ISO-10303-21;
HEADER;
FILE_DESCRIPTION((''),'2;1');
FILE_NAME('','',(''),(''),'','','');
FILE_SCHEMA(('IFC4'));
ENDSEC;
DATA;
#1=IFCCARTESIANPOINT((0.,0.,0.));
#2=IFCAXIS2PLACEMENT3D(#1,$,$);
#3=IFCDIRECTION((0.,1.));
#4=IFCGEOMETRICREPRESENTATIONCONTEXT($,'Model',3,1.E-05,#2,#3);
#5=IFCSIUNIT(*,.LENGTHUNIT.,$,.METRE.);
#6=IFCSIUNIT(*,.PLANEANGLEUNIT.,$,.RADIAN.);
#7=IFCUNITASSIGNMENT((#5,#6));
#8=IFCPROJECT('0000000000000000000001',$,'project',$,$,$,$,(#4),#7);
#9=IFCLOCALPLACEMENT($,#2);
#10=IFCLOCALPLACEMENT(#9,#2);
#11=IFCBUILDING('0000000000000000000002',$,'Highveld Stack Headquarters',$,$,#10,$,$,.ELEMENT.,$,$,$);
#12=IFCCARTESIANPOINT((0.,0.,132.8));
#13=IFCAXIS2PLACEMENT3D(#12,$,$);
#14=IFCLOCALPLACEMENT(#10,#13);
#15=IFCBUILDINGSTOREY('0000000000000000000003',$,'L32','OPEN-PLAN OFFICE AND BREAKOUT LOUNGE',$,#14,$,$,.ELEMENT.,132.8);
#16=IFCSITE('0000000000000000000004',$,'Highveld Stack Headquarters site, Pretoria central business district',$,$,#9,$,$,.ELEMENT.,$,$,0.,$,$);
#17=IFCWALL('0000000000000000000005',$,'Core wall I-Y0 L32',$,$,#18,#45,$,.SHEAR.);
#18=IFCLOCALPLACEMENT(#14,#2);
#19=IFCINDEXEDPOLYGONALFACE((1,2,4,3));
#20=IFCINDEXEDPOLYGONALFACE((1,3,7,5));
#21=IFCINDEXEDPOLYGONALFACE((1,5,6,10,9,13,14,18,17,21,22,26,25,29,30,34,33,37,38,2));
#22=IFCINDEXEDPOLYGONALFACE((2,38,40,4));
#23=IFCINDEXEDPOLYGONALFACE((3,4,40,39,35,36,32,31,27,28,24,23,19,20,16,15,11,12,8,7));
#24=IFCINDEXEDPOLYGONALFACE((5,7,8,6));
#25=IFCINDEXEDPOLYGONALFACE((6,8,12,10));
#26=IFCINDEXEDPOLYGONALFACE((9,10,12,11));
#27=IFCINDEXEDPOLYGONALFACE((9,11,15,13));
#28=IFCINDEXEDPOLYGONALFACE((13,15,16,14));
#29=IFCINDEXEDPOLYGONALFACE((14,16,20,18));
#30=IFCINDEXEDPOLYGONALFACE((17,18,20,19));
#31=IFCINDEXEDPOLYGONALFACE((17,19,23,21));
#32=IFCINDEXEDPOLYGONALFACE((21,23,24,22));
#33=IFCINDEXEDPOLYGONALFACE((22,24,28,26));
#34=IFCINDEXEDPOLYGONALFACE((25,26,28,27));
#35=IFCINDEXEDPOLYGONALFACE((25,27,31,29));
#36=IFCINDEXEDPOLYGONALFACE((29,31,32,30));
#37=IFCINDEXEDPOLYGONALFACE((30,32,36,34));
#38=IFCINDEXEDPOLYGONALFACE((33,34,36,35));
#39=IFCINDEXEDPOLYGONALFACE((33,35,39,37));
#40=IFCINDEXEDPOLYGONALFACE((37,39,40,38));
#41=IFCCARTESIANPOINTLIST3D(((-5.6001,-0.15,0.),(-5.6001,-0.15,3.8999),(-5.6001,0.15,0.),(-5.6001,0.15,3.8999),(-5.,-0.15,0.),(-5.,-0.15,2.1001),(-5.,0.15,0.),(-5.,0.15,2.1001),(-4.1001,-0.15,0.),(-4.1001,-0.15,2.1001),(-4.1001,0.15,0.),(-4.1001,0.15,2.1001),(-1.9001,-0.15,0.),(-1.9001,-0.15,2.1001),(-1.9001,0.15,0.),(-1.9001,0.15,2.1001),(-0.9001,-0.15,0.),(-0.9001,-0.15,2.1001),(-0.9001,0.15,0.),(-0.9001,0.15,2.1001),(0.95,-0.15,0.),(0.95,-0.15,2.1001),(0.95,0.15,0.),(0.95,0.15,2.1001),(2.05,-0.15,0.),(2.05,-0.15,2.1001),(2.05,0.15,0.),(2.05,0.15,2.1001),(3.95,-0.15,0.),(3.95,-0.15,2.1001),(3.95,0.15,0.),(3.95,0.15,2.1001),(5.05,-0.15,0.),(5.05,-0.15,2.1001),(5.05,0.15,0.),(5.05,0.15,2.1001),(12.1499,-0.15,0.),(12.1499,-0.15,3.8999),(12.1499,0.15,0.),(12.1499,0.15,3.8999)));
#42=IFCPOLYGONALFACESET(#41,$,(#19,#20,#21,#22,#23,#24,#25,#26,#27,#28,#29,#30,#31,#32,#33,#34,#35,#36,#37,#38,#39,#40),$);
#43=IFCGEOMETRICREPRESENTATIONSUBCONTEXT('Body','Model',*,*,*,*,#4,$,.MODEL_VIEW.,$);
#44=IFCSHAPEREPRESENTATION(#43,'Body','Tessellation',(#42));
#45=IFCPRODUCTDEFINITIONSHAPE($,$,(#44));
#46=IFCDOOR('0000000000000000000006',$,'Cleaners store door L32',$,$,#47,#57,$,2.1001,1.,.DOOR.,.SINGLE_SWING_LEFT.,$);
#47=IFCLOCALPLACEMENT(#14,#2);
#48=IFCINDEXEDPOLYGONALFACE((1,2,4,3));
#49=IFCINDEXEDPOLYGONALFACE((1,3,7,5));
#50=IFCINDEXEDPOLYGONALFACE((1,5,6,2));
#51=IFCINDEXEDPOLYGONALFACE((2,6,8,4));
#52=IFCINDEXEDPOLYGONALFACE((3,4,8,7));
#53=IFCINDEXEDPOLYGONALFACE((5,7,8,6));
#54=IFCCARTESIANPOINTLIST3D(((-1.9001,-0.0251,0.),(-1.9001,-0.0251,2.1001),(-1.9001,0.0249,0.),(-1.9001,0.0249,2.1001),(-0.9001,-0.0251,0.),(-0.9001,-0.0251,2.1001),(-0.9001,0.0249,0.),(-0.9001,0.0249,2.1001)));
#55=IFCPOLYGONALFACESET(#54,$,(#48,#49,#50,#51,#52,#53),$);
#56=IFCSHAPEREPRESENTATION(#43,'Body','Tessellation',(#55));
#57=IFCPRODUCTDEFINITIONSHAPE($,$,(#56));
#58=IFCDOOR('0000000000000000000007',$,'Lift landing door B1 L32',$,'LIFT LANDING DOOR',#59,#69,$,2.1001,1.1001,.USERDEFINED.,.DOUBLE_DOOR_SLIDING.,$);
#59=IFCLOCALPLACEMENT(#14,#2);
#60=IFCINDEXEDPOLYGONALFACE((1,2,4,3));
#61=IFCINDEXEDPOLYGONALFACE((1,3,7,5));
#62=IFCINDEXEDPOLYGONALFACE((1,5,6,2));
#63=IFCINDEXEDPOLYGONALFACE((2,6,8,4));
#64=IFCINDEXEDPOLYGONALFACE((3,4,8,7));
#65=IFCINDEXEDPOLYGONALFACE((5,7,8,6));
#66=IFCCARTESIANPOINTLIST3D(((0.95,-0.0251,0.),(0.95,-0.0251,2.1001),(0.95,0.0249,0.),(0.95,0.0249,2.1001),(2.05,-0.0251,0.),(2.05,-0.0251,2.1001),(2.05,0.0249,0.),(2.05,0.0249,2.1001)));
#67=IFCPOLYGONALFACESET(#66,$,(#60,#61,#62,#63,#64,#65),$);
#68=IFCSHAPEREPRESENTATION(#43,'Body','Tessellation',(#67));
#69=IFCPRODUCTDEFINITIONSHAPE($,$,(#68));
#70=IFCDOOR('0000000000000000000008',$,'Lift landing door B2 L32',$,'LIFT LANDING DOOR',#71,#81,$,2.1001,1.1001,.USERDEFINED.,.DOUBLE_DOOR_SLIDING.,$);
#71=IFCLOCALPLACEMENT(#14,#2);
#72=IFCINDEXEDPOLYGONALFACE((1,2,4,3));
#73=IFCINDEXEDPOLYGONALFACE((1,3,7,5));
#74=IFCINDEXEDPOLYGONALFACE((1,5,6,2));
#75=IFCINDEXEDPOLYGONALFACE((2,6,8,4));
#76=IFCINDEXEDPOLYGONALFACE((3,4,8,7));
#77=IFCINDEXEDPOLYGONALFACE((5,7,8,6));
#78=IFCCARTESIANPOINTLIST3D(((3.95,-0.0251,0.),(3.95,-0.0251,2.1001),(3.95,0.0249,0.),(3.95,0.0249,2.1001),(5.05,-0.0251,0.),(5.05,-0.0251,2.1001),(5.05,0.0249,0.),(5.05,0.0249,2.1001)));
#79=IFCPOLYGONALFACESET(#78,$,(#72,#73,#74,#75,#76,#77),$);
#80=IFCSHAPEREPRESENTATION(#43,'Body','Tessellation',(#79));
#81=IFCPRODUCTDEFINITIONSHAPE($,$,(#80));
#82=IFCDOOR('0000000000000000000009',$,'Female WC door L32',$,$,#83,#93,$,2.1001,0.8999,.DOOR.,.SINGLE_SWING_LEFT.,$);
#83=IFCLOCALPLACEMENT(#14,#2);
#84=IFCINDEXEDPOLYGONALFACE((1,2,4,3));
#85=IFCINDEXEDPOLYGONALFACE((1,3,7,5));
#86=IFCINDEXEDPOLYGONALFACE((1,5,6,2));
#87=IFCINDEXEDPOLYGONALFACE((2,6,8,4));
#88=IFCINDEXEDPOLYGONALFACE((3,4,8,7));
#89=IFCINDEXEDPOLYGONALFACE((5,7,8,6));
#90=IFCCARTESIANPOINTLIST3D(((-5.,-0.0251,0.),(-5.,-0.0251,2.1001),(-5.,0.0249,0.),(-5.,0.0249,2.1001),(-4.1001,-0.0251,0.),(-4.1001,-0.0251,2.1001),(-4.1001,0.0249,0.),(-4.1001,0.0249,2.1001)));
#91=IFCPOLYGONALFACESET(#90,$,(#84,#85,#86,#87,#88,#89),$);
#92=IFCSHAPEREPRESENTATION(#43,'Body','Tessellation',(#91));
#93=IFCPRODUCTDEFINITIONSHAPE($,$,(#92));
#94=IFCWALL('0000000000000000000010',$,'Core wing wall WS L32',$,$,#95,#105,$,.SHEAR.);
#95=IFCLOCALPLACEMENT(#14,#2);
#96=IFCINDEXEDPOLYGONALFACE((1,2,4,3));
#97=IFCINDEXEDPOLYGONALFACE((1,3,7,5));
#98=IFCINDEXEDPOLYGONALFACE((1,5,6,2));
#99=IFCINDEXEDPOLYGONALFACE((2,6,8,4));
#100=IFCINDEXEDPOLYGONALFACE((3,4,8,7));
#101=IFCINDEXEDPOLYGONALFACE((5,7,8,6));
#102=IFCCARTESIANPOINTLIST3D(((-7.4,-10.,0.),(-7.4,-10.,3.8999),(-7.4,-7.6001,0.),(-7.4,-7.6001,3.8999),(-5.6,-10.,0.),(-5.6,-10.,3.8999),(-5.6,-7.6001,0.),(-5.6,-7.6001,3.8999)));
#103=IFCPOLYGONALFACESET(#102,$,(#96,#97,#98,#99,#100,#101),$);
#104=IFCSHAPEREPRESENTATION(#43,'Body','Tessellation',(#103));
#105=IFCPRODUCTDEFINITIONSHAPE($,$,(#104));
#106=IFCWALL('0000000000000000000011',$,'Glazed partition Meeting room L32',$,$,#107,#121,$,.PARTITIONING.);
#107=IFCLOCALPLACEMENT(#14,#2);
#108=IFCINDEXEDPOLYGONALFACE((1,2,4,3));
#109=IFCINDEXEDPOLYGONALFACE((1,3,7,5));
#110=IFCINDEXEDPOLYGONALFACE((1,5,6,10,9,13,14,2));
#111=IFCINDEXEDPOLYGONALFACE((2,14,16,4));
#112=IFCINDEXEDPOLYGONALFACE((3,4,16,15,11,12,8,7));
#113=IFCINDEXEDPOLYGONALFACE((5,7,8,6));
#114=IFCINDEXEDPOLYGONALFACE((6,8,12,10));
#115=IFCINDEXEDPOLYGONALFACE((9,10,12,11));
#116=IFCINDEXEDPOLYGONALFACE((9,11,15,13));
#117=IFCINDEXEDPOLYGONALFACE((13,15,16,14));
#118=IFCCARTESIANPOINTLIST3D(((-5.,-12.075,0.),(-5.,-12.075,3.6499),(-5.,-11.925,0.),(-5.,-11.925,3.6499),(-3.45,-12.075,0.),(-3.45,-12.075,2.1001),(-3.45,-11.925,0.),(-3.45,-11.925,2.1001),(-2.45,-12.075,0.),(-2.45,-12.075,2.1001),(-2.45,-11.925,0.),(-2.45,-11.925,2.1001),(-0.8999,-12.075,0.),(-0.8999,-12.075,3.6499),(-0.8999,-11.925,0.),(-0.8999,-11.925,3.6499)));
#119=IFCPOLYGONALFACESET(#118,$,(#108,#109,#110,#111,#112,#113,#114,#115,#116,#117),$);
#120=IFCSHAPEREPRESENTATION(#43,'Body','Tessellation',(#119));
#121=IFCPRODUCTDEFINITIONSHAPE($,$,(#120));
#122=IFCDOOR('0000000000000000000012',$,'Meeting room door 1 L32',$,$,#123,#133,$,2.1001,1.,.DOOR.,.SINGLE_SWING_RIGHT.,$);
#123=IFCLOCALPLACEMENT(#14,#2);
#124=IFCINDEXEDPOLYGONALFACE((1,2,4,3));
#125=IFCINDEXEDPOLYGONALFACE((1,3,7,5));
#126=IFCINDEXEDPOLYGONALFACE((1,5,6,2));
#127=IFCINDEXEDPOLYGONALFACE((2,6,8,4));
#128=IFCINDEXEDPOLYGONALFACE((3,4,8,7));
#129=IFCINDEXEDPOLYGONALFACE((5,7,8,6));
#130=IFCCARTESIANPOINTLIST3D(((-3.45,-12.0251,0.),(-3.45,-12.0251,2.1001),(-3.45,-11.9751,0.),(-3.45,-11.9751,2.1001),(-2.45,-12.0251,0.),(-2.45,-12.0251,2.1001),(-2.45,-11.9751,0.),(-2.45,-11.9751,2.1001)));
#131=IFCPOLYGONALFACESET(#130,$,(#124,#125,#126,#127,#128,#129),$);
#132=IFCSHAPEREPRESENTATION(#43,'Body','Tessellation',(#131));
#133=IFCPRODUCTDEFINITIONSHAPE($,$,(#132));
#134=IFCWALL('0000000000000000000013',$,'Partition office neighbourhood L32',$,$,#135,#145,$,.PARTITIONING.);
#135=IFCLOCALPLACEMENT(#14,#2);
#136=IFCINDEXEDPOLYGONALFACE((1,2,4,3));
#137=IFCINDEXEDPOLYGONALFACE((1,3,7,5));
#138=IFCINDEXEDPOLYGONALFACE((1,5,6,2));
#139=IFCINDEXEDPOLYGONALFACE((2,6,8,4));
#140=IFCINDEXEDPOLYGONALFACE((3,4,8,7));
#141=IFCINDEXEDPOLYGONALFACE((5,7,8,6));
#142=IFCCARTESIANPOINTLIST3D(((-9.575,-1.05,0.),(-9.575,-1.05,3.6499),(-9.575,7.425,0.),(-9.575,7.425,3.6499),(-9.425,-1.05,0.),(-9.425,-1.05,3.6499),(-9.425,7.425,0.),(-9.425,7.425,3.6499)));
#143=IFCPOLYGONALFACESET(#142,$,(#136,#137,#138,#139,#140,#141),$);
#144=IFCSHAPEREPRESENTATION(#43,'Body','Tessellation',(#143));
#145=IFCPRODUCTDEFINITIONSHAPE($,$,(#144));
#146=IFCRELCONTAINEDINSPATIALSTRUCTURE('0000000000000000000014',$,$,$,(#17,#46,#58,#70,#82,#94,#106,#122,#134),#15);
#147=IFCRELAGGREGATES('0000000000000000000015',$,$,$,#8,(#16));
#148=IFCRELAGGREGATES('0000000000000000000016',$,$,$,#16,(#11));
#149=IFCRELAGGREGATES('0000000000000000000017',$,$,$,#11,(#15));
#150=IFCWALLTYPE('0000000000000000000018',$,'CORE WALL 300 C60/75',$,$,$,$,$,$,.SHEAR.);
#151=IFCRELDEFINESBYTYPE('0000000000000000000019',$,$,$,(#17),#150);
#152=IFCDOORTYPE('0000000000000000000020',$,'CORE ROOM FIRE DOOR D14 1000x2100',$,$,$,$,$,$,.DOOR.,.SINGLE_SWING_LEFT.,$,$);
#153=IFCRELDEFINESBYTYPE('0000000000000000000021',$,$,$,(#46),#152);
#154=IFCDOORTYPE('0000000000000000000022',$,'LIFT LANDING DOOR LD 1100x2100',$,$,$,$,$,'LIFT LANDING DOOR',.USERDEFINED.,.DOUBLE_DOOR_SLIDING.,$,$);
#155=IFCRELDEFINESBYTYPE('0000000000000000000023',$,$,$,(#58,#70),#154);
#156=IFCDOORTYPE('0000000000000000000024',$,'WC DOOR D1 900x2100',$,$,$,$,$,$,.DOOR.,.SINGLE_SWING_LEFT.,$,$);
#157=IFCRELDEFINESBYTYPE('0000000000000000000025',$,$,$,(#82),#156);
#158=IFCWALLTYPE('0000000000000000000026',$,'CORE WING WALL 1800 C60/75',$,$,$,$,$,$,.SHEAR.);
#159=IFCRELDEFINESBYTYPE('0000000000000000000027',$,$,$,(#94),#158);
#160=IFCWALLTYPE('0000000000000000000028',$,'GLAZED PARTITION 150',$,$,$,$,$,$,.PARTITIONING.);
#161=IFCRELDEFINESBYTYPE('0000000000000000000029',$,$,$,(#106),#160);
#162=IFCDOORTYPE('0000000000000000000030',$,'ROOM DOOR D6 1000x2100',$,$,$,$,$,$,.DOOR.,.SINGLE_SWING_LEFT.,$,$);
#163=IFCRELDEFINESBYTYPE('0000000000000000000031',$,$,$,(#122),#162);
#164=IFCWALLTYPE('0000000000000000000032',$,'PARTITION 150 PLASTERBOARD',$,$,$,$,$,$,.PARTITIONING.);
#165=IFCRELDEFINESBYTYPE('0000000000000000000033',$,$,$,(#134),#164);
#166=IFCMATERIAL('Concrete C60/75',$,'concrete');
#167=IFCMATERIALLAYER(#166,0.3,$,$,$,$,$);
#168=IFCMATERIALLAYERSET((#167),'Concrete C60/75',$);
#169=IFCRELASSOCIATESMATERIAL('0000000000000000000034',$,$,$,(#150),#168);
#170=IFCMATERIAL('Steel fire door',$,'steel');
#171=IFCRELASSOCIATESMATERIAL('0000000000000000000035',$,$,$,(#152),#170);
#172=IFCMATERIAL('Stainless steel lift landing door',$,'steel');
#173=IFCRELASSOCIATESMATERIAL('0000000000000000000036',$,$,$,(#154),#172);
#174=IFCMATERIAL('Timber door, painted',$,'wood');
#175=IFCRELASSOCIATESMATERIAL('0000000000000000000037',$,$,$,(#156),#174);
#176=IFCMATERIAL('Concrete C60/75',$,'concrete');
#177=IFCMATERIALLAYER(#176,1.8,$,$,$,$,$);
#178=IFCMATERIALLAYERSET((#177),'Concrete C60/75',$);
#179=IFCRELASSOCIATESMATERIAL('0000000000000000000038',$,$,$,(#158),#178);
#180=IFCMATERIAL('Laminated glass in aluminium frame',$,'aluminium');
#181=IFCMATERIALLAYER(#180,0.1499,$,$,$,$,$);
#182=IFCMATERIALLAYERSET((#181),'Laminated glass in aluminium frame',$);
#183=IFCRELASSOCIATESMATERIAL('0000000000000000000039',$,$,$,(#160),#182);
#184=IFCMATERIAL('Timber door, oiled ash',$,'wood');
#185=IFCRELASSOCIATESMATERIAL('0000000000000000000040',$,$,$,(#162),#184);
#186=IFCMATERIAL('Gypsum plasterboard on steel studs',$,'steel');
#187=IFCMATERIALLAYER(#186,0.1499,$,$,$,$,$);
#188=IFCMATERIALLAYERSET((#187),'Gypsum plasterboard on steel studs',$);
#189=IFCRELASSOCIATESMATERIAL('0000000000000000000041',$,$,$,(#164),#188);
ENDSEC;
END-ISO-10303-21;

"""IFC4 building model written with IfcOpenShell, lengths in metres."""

from ifc_helpers import new_model, si_unit, direction, frame, frame_2d, origin, place, context, subcontext, project, spatial, rectangle, extrude, material, layer, layer_set, type_object, element, fill, save


model = new_model("IFC4")

# Units and contexts
model_context = context("Model", 3, precision=1e-05, world=origin(), true_north=direction((0.0, 1.0)))
body_context = subcontext(model_context, "Body", "Model", "MODEL_VIEW")
ifc_project = project(units=[si_unit("LENGTHUNIT", "METRE"), si_unit("PLANEANGLEUNIT", "RADIAN")], contexts=[model_context])

# Site, building, storey
site_placement = place(None, origin())
site = spatial("IfcSite", under=ifc_project, at=site_placement, Name="Highveld Stack Headquarters site, Pretoria central business district", CompositionType="ELEMENT", RefElevation=0.0)
building_placement = place(site_placement, origin())
building = spatial("IfcBuilding", under=site, at=building_placement, Name="Highveld Stack Headquarters", CompositionType="ELEMENT")
storey_placement = place(building_placement, frame((0.0, 0.0, 132.8)))
storey = spatial("IfcBuildingStorey", under=building, at=storey_placement, Name="L32", Description="OPEN-PLAN OFFICE AND BREAKOUT LOUNGE", CompositionType="ELEMENT", Elevation=132.8)

# Wall, openings, doors
ifc_material_1 = material(Name="Concrete C60/75", Category="concrete")
ifc_layer_1 = layer(ifc_material_1, 0.3)
ifc_layer_set_1 = layer_set([ifc_layer_1], Name="Concrete C60/75")
wall_type_1 = type_object("IfcWallType", Name="CORE WALL 300 C60/75", PredefinedType="SHEAR", material=ifc_layer_set_1)
wall_1_placement = place(storey_placement, frame((-5.6001, 0.0, 0.0), z_axis=(0.0, 0.0, 1.0), x_axis=(1.0, 0.0, 0.0)))
wall_1 = element("IfcWall", 1, at=wall_1_placement, inside=storey, type_object=wall_type_1, Name="Core wall I-Y0 L32", PredefinedType="SHEAR", context=body_context, shape_type="SweptSolid", body=[
    extrude(rectangle(XDim=17.75, YDim=0.3, at=frame_2d((8.875, 0.0))), origin(), (0.0, 0.0, 1.0), 3.8999),
])
opening_1_placement = place(wall_1_placement, frame((0.6001, 0.0, 0.0)))
opening_1 = element("IfcOpeningElement", 2, at=opening_1_placement, cuts=wall_1, PredefinedType="OPENING", context=body_context, shape_type="SweptSolid", body=[
    extrude(rectangle(XDim=0.8999, YDim=2.1001, at=frame_2d((0.45, 1.05))), frame((0.0, 0.1599, 0.0), z_axis=(0.0, -1.0, 0.0), x_axis=(1.0, 0.0, 0.0)), (0.0, 0.0, 1.0), 0.3201),
])
opening_2_placement = place(wall_1_placement, frame((3.7, 0.0, 0.0)))
opening_2 = element("IfcOpeningElement", 3, at=opening_2_placement, cuts=wall_1, PredefinedType="OPENING", context=body_context, shape_type="SweptSolid", body=[
    extrude(rectangle(XDim=1.0, YDim=2.1001, at=frame_2d((0.5, 1.05))), frame((0.0, 0.1599, 0.0), z_axis=(0.0, -1.0, 0.0), x_axis=(1.0, 0.0, 0.0)), (0.0, 0.0, 1.0), 0.3201),
])
opening_3_placement = place(wall_1_placement, frame((6.55, 0.0, 0.0)))
opening_3 = element("IfcOpeningElement", 4, at=opening_3_placement, cuts=wall_1, PredefinedType="OPENING", context=body_context, shape_type="SweptSolid", body=[
    extrude(rectangle(XDim=1.1001, YDim=2.1001, at=frame_2d((0.55, 1.05))), frame((0.0, 0.1599, 0.0), z_axis=(0.0, -1.0, 0.0), x_axis=(1.0, 0.0, 0.0)), (0.0, 0.0, 1.0), 0.3201),
])
opening_4_placement = place(wall_1_placement, frame((9.55, 0.0, 0.0)))
opening_4 = element("IfcOpeningElement", 5, at=opening_4_placement, cuts=wall_1, PredefinedType="OPENING", context=body_context, shape_type="SweptSolid", body=[
    extrude(rectangle(XDim=1.1001, YDim=2.1001, at=frame_2d((0.55, 1.05))), frame((0.0, 0.1599, 0.0), z_axis=(0.0, -1.0, 0.0), x_axis=(1.0, 0.0, 0.0)), (0.0, 0.0, 1.0), 0.3201),
])
ifc_material_2 = material(Name="Steel fire door", Category="steel")
door_type_1 = type_object("IfcDoorType", Name="CORE ROOM FIRE DOOR D14 1000x2100", OperationType="SINGLE_SWING_LEFT", PredefinedType="DOOR", material=ifc_material_2)
door_1_placement = place(opening_2_placement, origin())
door_1 = element("IfcDoor", 6, at=door_1_placement, inside=storey, type_object=door_type_1, Name="Cleaners store door L32", OperationType="SINGLE_SWING_LEFT", OverallHeight=2.1001, OverallWidth=1.0, PredefinedType="DOOR", context=body_context, shape_type="SweptSolid", body=[
    extrude(rectangle(XDim=1.0, YDim=2.1001, at=frame_2d((0.5, 1.05))), frame((0.0, 0.0249, 0.0), z_axis=(0.0, -1.0, 0.0), x_axis=(1.0, 0.0, 0.0)), (0.0, 0.0, 1.0), 0.05),
])
fill(opening_2, door_1)
ifc_material_3 = material(Name="Stainless steel lift landing door", Category="steel")
door_type_2 = type_object("IfcDoorType", Name="LIFT LANDING DOOR LD 1100x2100", ElementType="LIFT LANDING DOOR", OperationType="DOUBLE_DOOR_SLIDING", PredefinedType="USERDEFINED", material=ifc_material_3)
door_2_placement = place(opening_3_placement, origin())
door_2 = element("IfcDoor", 7, at=door_2_placement, inside=storey, type_object=door_type_2, Name="Lift landing door B1 L32", ObjectType="LIFT LANDING DOOR", OperationType="DOUBLE_DOOR_SLIDING", OverallHeight=2.1001, OverallWidth=1.1001, PredefinedType="USERDEFINED", context=body_context, shape_type="SweptSolid", body=[
    extrude(rectangle(XDim=1.1001, YDim=2.1001, at=frame_2d((0.55, 1.05))), frame((0.0, 0.0249, 0.0), z_axis=(0.0, -1.0, 0.0), x_axis=(1.0, 0.0, 0.0)), (0.0, 0.0, 1.0), 0.05),
])
fill(opening_3, door_2)
door_3_placement = place(opening_4_placement, origin())
door_3 = element("IfcDoor", 8, at=door_3_placement, inside=storey, type_object=door_type_2, Name="Lift landing door B2 L32", ObjectType="LIFT LANDING DOOR", OperationType="DOUBLE_DOOR_SLIDING", OverallHeight=2.1001, OverallWidth=1.1001, PredefinedType="USERDEFINED", context=body_context, shape_type="SweptSolid", body=[
    extrude(rectangle(XDim=1.1001, YDim=2.1001, at=frame_2d((0.55, 1.05))), frame((0.0, 0.0249, 0.0), z_axis=(0.0, -1.0, 0.0), x_axis=(1.0, 0.0, 0.0)), (0.0, 0.0, 1.0), 0.05),
])
fill(opening_4, door_3)
ifc_material_4 = material(Name="Timber door, painted", Category="wood")
door_type_3 = type_object("IfcDoorType", Name="WC DOOR D1 900x2100", OperationType="SINGLE_SWING_LEFT", PredefinedType="DOOR", material=ifc_material_4)
door_4_placement = place(opening_1_placement, origin())
door_4 = element("IfcDoor", 9, at=door_4_placement, inside=storey, type_object=door_type_3, Name="Female WC door L32", OperationType="SINGLE_SWING_LEFT", OverallHeight=2.1001, OverallWidth=0.8999, PredefinedType="DOOR", context=body_context, shape_type="SweptSolid", body=[
    extrude(rectangle(XDim=0.8999, YDim=2.1001, at=frame_2d((0.45, 1.05))), frame((0.0, 0.0249, 0.0), z_axis=(0.0, -1.0, 0.0), x_axis=(1.0, 0.0, 0.0)), (0.0, 0.0, 1.0), 0.05),
])
fill(opening_1, door_4)

# Wall
ifc_material_5 = material(Name="Concrete C60/75", Category="concrete")
ifc_layer_2 = layer(ifc_material_5, 1.8)
ifc_layer_set_2 = layer_set([ifc_layer_2], Name="Concrete C60/75")
wall_type_2 = type_object("IfcWallType", Name="CORE WING WALL 1800 C60/75", PredefinedType="SHEAR", material=ifc_layer_set_2)
wall_2_placement = place(storey_placement, frame((-6.5, -10.0, 0.0), z_axis=(0.0, 0.0, 1.0), x_axis=(0.0, 1.0, 0.0)))
element("IfcWall", 10, at=wall_2_placement, inside=storey, type_object=wall_type_2, Name="Core wing wall WS L32", PredefinedType="SHEAR", context=body_context, shape_type="SweptSolid", body=[
    extrude(rectangle(XDim=2.3999, YDim=1.8, at=frame_2d((1.2, 0.0))), origin(), (0.0, 0.0, 1.0), 3.8999),
])

# Wall, opening, door
ifc_material_6 = material(Name="Laminated glass in aluminium frame", Category="aluminium")
ifc_layer_3 = layer(ifc_material_6, 0.1499)
ifc_layer_set_3 = layer_set([ifc_layer_3], Name="Laminated glass in aluminium frame")
wall_type_3 = type_object("IfcWallType", Name="GLAZED PARTITION 150", PredefinedType="PARTITIONING", material=ifc_layer_set_3)
wall_3_placement = place(storey_placement, frame((-5.0, -12.0, 0.0), z_axis=(0.0, 0.0, 1.0), x_axis=(1.0, 0.0, 0.0)))
wall_3 = element("IfcWall", 11, at=wall_3_placement, inside=storey, type_object=wall_type_3, Name="Glazed partition Meeting room L32", PredefinedType="PARTITIONING", context=body_context, shape_type="SweptSolid", body=[
    extrude(rectangle(XDim=4.1001, YDim=0.1499, at=frame_2d((2.05, 0.0))), origin(), (0.0, 0.0, 1.0), 3.6499),
])
opening_5_placement = place(wall_3_placement, frame((1.55, 0.0, 0.0)))
opening_5 = element("IfcOpeningElement", 12, at=opening_5_placement, cuts=wall_3, PredefinedType="OPENING", context=body_context, shape_type="SweptSolid", body=[
    extrude(rectangle(XDim=1.0, YDim=2.1001, at=frame_2d((0.5, 1.05))), frame((0.0, 0.085, 0.0), z_axis=(0.0, -1.0, 0.0), x_axis=(1.0, 0.0, 0.0)), (0.0, 0.0, 1.0), 0.1699),
])
ifc_material_7 = material(Name="Timber door, oiled ash", Category="wood")
door_type_4 = type_object("IfcDoorType", Name="ROOM DOOR D6 1000x2100", OperationType="SINGLE_SWING_LEFT", PredefinedType="DOOR", material=ifc_material_7)
door_5_placement = place(opening_5_placement, origin())
door_5 = element("IfcDoor", 13, at=door_5_placement, inside=storey, type_object=door_type_4, Name="Meeting room door 1 L32", OperationType="SINGLE_SWING_RIGHT", OverallHeight=2.1001, OverallWidth=1.0, PredefinedType="DOOR", context=body_context, shape_type="SweptSolid", body=[
    extrude(rectangle(XDim=1.0, YDim=2.1001, at=frame_2d((0.5, 1.05))), frame((0.0, 0.0249, 0.0), z_axis=(0.0, -1.0, 0.0), x_axis=(1.0, 0.0, 0.0)), (0.0, 0.0, 1.0), 0.05),
])
fill(opening_5, door_5)

# Wall
ifc_material_8 = material(Name="Gypsum plasterboard on steel studs", Category="steel")
ifc_layer_4 = layer(ifc_material_8, 0.1499)
ifc_layer_set_4 = layer_set([ifc_layer_4], Name="Gypsum plasterboard on steel studs")
wall_type_4 = type_object("IfcWallType", Name="PARTITION 150 PLASTERBOARD", PredefinedType="PARTITIONING", material=ifc_layer_set_4)
wall_4_placement = place(storey_placement, frame((-9.5, -1.05, 0.0), z_axis=(0.0, 0.0, 1.0), x_axis=(0.0, 1.0, 0.0)))
element("IfcWall", 14, at=wall_4_placement, inside=storey, type_object=wall_type_4, Name="Partition office neighbourhood L32", PredefinedType="PARTITIONING", context=body_context, shape_type="SweptSolid", body=[
    extrude(rectangle(XDim=8.4751, YDim=0.1499, at=frame_2d((4.2375, 0.0))), origin(), (0.0, 0.0, 1.0), 3.6499),
])

save(model, "model.ifc")
